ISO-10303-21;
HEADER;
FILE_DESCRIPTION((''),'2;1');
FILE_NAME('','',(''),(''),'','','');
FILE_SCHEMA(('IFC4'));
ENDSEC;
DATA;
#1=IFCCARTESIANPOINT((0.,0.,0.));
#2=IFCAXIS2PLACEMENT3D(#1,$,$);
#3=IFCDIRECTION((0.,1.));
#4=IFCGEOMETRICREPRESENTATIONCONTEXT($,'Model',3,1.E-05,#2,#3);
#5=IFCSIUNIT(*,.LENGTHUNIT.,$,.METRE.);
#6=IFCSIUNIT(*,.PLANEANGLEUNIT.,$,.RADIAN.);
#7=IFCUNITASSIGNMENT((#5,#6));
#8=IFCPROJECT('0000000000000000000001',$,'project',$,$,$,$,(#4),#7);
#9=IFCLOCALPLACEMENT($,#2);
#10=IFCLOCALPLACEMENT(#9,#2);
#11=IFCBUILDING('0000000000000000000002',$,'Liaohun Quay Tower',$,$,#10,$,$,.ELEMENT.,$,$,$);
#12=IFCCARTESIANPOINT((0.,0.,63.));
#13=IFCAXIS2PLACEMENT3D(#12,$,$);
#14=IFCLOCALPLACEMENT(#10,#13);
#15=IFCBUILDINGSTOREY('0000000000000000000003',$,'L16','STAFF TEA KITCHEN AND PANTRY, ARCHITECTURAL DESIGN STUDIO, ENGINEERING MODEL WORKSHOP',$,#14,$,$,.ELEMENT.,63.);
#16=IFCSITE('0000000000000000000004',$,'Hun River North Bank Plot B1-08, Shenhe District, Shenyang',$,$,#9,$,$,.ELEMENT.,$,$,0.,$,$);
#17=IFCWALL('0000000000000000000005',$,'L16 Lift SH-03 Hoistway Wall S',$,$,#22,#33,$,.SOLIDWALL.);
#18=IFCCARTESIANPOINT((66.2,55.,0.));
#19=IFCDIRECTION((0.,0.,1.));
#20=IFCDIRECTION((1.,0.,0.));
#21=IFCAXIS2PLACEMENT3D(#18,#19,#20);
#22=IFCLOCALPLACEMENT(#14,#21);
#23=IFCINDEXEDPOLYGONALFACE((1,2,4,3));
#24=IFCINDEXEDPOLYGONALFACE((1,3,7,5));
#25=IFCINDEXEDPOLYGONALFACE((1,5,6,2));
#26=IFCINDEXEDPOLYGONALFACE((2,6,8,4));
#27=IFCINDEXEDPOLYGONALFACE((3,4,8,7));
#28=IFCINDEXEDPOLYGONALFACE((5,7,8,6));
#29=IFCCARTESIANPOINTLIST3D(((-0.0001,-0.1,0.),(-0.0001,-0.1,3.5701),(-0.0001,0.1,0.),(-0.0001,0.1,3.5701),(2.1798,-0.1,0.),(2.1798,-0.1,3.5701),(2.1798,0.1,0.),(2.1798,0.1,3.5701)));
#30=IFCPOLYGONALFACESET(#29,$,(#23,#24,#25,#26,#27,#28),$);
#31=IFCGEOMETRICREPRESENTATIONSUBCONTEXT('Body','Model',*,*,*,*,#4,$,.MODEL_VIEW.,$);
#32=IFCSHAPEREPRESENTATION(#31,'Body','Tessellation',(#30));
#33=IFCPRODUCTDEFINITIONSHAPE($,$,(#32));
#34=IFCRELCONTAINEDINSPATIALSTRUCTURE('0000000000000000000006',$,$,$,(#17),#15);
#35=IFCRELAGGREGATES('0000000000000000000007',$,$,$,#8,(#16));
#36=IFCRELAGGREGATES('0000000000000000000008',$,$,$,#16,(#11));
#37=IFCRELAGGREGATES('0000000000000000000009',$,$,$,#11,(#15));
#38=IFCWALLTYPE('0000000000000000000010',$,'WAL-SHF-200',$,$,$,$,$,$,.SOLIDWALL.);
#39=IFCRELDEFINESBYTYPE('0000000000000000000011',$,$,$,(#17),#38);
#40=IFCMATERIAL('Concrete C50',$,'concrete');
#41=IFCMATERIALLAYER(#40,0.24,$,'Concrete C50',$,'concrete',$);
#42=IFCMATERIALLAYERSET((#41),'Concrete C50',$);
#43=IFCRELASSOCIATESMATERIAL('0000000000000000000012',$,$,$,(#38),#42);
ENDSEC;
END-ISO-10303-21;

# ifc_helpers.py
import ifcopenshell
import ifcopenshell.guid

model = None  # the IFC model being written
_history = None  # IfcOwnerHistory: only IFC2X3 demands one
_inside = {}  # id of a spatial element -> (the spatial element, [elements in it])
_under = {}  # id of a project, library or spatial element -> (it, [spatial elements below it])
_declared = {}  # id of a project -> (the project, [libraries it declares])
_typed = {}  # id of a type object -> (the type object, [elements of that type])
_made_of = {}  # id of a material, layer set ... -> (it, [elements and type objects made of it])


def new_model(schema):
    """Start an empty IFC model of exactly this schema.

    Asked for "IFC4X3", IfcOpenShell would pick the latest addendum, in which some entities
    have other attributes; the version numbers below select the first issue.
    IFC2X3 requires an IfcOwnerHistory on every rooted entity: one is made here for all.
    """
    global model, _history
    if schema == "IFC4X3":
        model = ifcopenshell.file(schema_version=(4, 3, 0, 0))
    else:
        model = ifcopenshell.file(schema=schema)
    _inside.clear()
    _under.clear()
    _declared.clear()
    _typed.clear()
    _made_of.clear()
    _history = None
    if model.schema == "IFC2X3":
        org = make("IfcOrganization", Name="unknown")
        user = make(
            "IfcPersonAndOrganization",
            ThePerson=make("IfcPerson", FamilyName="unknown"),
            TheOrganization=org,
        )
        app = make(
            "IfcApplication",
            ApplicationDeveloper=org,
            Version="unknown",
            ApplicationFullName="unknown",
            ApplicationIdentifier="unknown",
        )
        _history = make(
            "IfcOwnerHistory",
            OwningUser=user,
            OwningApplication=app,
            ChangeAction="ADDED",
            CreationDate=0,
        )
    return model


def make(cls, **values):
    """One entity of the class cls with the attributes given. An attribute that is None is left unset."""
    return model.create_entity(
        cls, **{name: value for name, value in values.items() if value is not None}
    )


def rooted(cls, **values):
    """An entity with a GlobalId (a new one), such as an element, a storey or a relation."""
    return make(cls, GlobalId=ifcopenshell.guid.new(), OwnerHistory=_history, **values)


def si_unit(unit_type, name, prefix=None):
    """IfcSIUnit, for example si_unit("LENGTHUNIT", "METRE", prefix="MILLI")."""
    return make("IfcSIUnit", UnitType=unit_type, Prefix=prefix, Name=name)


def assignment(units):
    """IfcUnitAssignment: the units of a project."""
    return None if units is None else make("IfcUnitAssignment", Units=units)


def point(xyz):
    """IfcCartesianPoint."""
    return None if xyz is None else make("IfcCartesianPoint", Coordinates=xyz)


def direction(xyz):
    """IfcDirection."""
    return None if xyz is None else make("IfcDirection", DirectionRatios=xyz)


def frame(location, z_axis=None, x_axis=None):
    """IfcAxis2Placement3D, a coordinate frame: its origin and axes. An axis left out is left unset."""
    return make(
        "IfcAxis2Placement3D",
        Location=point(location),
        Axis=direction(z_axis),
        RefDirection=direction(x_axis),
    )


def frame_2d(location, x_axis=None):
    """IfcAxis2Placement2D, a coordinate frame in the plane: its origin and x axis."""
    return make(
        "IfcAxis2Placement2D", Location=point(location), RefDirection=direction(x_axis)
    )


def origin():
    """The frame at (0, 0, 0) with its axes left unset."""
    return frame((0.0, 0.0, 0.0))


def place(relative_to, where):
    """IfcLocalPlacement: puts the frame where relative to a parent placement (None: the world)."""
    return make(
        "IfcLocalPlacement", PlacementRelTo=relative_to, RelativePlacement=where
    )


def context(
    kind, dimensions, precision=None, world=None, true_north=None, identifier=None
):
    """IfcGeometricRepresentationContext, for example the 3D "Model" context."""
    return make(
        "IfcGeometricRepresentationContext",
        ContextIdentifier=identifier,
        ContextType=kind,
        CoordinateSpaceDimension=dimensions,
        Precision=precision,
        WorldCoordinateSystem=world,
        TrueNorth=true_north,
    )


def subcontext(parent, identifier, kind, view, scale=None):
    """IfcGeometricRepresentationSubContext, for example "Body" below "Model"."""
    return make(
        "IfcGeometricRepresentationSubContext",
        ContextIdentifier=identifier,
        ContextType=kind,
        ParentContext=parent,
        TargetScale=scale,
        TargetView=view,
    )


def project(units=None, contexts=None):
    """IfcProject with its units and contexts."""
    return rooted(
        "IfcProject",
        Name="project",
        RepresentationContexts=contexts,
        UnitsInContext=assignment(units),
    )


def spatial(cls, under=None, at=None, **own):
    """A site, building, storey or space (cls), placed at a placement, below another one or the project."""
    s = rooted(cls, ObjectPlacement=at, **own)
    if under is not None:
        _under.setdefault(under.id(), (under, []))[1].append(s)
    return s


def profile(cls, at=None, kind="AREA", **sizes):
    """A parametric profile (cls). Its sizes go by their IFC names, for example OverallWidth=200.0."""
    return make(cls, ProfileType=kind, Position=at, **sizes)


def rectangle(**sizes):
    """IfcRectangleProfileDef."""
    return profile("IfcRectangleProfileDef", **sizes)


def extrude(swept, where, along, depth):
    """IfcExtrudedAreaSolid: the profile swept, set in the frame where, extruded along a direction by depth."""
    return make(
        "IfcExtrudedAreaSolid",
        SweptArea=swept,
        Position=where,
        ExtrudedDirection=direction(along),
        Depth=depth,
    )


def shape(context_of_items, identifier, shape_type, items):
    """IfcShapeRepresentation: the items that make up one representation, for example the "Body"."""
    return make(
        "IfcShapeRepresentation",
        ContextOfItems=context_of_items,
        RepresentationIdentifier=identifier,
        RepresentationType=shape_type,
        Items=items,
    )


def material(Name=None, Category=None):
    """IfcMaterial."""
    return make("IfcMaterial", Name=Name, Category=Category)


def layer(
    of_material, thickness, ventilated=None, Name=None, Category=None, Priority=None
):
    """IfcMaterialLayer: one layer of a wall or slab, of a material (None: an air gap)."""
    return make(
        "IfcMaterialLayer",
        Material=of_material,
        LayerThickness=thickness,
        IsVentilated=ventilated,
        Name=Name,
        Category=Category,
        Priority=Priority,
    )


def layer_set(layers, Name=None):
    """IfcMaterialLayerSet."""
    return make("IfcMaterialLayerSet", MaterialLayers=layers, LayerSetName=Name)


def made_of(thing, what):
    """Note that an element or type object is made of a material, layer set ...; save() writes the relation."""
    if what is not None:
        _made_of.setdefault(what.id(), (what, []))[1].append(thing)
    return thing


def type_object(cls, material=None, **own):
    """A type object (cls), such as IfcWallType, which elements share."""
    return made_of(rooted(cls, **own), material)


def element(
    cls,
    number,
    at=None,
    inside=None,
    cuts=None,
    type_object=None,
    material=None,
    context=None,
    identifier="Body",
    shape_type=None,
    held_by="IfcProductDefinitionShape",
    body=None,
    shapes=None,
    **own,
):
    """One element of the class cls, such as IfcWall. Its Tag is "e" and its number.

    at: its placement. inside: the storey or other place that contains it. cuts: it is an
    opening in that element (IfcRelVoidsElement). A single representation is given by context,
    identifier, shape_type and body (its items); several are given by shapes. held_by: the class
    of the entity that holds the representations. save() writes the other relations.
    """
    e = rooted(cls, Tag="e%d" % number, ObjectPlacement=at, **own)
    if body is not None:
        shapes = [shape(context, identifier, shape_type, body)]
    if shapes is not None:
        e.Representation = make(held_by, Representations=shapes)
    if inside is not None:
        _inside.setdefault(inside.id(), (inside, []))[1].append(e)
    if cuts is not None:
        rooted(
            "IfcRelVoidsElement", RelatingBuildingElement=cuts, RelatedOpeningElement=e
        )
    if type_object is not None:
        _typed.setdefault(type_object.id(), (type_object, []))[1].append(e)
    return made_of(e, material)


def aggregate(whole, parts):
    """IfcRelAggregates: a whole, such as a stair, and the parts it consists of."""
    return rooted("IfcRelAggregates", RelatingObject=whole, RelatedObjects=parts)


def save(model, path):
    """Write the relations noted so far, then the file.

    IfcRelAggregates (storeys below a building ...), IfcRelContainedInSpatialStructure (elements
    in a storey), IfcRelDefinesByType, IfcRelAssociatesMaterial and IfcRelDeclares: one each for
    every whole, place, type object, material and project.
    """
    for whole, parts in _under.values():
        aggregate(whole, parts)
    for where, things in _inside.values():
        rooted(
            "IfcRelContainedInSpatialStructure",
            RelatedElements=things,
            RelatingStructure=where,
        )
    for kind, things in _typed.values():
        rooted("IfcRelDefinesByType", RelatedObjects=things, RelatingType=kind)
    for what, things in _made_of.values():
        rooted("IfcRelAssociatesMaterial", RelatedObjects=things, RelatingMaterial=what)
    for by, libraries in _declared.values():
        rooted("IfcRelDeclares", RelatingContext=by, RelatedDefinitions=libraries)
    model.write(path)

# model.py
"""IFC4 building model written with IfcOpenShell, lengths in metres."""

from ifc_helpers import new_model, si_unit, direction, frame, frame_2d, origin, place, context, subcontext, project, spatial, rectangle, extrude, material, layer, layer_set, type_object, element, save


model = new_model("IFC4")

# Units and contexts
model_context = context("Model", 3, precision=1e-05, world=origin(), true_north=direction((0.0, 1.0)))
body_context = subcontext(model_context, "Body", "Model", "MODEL_VIEW")
ifc_project = project(units=[si_unit("LENGTHUNIT", "METRE"), si_unit("PLANEANGLEUNIT", "RADIAN")], contexts=[model_context])

# Site, building, storey
site_placement = place(None, origin())
site = spatial("IfcSite", under=ifc_project, at=site_placement, Name="Hun River North Bank Plot B1-08, Shenhe District, Shenyang", CompositionType="ELEMENT", RefElevation=0.0)
building_placement = place(site_placement, origin())
building = spatial("IfcBuilding", under=site, at=building_placement, Name="Liaohun Quay Tower", CompositionType="ELEMENT")
storey_placement = place(building_placement, frame((0.0, 0.0, 63.0)))
storey = spatial("IfcBuildingStorey", under=building, at=storey_placement, Name="L16", Description="STAFF TEA KITCHEN AND PANTRY, ARCHITECTURAL DESIGN STUDIO, ENGINEERING MODEL WORKSHOP", CompositionType="ELEMENT", Elevation=63.0)

# Shared definitions
ifc_material_1 = material(Name="Concrete C50", Category="concrete")
ifc_layer_1 = layer(ifc_material_1, 0.24, Name="Concrete C50", Category="concrete")
ifc_layer_set_1 = layer_set([ifc_layer_1], Name="Concrete C50")
wall_type_1 = type_object("IfcWallType", Name="WAL-SHF-200", PredefinedType="SOLIDWALL", material=ifc_layer_set_1)

# Wall
wall_1_placement = place(storey_placement, frame((66.2, 55.0, 0.0), z_axis=(0.0, 0.0, 1.0), x_axis=(1.0, 0.0, 0.0)))
element("IfcWall", 1, at=wall_1_placement, inside=storey, type_object=wall_type_1, Name="L16 Lift SH-03 Hoistway Wall S", PredefinedType="SOLIDWALL", context=body_context, shape_type="SweptSolid", body=[
    extrude(rectangle(XDim=2.1799, YDim=0.2, at=frame_2d((1.0898, 0.0))), origin(), (0.0, 0.0, 1.0), 3.5701),
])

save(model, "model.ifc")
